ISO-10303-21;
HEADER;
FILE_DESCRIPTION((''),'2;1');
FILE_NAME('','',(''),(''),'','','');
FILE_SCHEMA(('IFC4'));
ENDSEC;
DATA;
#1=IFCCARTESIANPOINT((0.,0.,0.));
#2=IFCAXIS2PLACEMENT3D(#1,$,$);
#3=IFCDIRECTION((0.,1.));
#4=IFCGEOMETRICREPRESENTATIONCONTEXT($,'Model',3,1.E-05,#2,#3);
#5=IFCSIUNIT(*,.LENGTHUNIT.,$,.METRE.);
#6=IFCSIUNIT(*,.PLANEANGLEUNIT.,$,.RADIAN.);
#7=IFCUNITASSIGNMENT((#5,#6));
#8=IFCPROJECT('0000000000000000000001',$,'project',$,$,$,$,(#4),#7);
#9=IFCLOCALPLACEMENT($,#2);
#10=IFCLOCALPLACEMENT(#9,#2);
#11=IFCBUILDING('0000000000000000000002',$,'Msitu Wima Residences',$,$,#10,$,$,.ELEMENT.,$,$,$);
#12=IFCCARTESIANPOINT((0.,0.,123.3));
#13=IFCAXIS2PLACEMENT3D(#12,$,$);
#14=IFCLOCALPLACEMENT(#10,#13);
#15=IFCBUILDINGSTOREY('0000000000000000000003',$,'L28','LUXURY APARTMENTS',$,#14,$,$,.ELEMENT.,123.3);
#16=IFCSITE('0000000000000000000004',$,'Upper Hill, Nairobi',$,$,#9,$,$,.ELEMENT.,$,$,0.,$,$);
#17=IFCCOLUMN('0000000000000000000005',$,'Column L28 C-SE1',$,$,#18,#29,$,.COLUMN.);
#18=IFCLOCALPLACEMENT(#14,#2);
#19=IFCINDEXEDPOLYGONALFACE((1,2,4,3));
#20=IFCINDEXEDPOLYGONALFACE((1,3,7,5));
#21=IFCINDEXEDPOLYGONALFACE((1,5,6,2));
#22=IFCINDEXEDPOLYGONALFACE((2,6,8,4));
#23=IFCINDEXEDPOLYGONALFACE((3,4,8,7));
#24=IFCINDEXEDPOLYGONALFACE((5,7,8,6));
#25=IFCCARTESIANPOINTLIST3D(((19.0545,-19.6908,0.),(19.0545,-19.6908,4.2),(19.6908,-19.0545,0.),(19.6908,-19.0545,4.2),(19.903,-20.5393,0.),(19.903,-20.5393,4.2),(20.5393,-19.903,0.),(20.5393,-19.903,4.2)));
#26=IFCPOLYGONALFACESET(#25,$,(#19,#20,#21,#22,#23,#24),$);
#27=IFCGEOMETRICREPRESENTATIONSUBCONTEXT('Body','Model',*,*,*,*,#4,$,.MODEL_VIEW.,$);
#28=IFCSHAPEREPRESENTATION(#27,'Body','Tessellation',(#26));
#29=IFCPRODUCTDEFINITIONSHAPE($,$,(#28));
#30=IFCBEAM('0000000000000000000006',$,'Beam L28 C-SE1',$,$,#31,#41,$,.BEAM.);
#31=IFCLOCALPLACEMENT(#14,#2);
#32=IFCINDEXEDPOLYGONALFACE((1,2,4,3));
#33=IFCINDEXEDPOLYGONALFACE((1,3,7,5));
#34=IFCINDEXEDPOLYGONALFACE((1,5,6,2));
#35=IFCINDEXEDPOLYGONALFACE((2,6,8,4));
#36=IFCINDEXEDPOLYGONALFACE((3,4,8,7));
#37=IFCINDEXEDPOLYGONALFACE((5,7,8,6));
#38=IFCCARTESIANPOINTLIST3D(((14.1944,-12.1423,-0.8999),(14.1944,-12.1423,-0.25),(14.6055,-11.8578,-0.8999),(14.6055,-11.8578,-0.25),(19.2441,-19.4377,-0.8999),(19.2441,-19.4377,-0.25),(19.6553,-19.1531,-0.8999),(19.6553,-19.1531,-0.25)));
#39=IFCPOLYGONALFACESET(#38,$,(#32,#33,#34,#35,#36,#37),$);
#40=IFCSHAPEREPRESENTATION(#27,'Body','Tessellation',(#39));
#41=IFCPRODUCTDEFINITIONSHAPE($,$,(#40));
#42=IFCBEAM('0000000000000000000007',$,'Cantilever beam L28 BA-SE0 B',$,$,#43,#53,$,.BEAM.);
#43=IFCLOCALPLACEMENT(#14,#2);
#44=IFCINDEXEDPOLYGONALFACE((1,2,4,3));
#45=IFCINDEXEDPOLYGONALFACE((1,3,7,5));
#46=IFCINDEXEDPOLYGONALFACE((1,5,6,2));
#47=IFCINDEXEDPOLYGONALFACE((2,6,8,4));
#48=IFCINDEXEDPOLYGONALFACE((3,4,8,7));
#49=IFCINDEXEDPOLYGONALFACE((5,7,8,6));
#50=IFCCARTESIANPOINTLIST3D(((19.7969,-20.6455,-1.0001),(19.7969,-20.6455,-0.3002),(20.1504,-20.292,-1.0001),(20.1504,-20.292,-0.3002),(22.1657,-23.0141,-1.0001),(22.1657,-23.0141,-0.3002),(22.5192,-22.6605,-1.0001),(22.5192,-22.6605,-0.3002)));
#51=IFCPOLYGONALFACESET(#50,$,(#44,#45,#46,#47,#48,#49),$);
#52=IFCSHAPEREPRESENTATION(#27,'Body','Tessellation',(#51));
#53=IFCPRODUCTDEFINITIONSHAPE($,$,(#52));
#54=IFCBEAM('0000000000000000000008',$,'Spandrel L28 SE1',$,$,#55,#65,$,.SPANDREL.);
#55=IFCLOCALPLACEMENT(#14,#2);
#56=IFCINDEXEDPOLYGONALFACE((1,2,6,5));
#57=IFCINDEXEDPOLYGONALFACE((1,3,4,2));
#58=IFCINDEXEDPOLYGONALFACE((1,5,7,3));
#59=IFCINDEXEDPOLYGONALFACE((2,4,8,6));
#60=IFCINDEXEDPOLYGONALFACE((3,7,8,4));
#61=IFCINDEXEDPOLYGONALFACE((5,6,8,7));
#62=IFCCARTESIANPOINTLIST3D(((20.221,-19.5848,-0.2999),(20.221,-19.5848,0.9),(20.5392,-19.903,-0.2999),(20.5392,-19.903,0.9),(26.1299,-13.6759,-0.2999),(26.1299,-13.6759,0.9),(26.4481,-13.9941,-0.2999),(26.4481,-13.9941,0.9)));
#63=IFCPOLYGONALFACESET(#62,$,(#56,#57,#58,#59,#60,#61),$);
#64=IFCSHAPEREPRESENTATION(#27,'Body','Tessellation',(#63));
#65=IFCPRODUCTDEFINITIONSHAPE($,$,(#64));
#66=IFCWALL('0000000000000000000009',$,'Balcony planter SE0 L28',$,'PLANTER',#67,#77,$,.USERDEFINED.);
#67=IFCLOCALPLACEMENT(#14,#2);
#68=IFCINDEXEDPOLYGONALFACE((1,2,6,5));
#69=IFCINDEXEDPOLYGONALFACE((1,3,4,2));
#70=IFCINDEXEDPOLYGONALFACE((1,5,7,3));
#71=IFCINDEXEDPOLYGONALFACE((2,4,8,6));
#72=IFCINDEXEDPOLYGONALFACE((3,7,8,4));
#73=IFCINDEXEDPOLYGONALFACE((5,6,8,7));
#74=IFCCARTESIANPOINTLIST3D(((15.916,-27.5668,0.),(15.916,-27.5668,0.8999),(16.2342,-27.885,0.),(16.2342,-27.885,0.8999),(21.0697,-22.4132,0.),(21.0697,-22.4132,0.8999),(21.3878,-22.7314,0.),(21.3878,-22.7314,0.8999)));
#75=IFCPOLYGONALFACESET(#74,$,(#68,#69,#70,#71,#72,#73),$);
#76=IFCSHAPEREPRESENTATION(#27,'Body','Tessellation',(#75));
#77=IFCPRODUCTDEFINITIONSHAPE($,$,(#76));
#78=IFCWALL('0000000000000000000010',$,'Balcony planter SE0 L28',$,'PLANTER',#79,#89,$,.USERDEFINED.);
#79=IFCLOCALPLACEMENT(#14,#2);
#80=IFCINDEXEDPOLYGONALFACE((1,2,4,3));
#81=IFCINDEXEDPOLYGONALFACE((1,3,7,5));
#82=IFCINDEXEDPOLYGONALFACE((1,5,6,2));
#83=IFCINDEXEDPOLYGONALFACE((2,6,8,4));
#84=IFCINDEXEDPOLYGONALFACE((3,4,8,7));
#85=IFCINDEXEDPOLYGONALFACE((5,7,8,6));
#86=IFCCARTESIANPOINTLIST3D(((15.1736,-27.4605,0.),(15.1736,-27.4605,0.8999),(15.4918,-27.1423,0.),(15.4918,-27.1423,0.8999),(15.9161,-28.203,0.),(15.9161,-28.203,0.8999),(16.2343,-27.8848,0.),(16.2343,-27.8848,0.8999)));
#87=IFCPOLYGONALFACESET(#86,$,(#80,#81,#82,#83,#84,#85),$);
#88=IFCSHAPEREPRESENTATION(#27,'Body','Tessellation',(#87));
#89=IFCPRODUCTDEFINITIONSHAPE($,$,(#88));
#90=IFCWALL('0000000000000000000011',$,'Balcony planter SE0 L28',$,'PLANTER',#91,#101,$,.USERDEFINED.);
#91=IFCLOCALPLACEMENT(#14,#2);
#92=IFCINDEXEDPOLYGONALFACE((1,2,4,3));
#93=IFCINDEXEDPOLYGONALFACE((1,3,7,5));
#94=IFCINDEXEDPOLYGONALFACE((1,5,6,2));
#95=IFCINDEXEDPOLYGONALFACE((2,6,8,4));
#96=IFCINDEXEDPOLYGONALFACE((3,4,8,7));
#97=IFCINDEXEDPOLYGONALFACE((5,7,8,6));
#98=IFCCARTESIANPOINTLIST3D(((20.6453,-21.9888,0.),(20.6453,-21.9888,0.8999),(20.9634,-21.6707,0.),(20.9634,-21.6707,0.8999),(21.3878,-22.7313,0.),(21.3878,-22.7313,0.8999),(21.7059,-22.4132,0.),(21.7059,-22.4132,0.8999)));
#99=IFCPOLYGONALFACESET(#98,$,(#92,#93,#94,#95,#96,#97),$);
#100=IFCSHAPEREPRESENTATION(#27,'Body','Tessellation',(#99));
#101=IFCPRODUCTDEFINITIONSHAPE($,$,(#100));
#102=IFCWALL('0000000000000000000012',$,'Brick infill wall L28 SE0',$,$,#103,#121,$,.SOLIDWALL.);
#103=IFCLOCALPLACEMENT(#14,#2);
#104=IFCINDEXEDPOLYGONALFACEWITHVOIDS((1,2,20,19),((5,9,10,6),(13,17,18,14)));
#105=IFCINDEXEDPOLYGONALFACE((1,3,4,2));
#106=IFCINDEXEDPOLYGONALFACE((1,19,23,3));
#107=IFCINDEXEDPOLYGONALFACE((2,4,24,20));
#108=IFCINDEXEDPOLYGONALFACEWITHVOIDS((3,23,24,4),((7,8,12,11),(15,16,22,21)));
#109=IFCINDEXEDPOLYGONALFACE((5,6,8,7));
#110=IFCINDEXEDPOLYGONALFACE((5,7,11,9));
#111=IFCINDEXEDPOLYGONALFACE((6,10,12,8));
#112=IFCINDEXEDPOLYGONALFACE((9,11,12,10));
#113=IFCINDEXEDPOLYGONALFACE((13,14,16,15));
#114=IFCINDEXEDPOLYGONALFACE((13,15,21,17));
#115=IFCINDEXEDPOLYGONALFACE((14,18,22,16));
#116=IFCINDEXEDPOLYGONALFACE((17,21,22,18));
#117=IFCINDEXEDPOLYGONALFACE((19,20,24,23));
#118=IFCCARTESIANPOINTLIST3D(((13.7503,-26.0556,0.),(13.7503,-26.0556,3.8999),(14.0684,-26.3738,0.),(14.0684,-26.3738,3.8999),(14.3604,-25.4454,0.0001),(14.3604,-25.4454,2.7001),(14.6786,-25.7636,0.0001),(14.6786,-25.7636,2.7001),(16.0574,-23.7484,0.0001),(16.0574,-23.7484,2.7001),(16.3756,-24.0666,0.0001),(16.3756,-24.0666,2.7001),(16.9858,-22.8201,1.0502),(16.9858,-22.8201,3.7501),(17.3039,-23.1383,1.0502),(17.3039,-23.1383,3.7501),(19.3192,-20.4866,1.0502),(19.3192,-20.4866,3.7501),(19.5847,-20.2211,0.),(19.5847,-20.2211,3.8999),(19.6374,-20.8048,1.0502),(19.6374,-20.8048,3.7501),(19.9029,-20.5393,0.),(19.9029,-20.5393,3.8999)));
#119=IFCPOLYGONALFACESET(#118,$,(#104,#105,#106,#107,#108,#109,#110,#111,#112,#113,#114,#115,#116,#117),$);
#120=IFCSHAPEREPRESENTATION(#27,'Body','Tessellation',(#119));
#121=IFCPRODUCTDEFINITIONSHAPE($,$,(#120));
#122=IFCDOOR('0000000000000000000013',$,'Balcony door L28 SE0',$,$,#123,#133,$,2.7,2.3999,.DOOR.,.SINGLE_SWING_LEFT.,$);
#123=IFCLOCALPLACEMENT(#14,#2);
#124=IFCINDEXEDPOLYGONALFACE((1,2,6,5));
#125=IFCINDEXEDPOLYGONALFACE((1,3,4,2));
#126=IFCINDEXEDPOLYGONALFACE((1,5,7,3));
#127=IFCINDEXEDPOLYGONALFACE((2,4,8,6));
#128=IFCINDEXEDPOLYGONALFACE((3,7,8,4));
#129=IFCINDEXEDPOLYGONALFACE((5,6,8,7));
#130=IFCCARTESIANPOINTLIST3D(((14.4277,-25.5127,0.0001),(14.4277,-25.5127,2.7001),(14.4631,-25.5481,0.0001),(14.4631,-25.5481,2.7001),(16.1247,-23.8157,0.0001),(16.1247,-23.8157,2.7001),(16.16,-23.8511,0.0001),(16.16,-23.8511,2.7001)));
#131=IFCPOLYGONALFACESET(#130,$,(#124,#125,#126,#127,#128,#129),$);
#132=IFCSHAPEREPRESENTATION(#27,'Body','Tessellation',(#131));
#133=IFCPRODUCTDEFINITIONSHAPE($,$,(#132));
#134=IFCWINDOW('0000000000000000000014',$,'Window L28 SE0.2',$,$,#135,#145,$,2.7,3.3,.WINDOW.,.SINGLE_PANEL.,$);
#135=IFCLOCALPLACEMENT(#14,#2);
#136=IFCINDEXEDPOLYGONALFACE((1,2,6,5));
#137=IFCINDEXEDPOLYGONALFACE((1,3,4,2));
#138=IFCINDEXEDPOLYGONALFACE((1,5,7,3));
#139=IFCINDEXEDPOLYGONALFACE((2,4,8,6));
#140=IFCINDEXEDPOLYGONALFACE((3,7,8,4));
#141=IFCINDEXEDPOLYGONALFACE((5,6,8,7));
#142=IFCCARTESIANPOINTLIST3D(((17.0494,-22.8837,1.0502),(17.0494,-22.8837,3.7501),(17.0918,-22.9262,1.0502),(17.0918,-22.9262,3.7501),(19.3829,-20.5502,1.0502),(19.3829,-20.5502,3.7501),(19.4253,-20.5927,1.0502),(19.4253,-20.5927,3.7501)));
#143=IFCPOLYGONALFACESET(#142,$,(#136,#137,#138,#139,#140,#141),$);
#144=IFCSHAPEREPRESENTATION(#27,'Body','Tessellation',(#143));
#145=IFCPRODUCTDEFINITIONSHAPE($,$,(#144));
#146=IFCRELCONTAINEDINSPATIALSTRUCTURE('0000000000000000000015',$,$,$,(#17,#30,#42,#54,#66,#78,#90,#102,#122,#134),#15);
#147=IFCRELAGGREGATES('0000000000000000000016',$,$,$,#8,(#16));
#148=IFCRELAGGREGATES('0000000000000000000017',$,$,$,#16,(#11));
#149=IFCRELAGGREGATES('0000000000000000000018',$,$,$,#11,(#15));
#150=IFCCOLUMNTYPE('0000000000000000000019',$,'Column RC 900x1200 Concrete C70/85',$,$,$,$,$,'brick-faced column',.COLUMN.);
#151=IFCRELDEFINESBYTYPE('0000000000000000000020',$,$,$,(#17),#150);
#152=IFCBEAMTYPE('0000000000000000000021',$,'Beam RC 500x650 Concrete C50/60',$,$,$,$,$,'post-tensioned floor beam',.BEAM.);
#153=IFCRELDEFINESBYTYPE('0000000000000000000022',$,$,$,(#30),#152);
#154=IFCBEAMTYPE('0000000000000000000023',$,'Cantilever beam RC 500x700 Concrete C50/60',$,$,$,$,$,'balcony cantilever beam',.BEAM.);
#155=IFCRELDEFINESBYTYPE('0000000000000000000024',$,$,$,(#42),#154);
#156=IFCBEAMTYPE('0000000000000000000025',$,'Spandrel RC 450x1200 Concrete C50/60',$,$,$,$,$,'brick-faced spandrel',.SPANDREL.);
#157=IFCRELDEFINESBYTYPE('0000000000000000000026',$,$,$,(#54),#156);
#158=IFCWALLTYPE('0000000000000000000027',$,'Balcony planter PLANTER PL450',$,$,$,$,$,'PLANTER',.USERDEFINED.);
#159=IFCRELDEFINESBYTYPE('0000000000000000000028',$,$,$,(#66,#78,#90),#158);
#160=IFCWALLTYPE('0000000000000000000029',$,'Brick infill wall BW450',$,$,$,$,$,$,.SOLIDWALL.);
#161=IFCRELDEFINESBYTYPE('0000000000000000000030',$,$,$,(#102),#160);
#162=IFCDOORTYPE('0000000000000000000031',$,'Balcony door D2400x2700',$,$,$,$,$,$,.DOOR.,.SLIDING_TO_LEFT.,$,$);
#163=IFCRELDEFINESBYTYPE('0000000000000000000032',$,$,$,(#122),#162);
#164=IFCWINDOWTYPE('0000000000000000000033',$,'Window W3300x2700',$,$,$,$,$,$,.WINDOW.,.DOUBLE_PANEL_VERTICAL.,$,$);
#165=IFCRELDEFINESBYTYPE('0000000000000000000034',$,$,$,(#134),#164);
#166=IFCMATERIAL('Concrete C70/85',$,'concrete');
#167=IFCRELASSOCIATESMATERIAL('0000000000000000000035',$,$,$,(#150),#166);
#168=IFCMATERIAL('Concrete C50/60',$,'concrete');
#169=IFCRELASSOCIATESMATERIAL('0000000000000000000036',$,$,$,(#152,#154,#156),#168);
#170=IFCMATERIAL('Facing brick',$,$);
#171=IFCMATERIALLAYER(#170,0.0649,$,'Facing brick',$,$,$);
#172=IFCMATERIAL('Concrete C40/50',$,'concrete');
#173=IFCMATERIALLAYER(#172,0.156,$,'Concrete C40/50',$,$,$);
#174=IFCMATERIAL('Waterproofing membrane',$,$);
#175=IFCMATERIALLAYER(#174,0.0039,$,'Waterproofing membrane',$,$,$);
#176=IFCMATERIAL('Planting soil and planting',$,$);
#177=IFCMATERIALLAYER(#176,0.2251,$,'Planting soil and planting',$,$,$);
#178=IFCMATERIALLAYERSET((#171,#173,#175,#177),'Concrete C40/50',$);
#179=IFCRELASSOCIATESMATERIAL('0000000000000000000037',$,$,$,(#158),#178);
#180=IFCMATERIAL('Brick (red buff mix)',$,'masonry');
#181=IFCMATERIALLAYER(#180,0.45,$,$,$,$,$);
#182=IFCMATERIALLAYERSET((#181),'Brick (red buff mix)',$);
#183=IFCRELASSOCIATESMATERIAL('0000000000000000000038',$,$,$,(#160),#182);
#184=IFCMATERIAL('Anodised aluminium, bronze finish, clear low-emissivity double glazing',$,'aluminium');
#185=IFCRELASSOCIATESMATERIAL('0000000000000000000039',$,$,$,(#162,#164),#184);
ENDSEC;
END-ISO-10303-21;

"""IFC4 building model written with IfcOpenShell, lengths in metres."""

from ifc_helpers import new_model, si_unit, direction, frame, frame_2d, origin, origin_2d, place, context, subcontext, project, spatial, rectangle, extrude, material, layer, layer_set, material_profile, profile_set, type_object, element, fill, save


model = new_model("IFC4")

# Units and contexts
model_context = context("Model", 3, precision=1e-05, world=origin(), true_north=direction((0.0, 1.0)))
body_context = subcontext(model_context, "Body", "Model", "MODEL_VIEW")
ifc_project = project(units=[si_unit("LENGTHUNIT", "METRE"), si_unit("PLANEANGLEUNIT", "RADIAN")], contexts=[model_context])

# Site, building, storey
site_placement = place(None, origin())
site = spatial("IfcSite", under=ifc_project, at=site_placement, Name="Upper Hill, Nairobi", CompositionType="ELEMENT", RefElevation=0.0)
building_placement = place(site_placement, origin())
building = spatial("IfcBuilding", under=site, at=building_placement, Name="Msitu Wima Residences", CompositionType="ELEMENT")
storey_placement = place(building_placement, frame((0.0, 0.0, 123.3)))
storey = spatial("IfcBuildingStorey", under=building, at=storey_placement, Name="L28", Description="LUXURY APARTMENTS", CompositionType="ELEMENT", Elevation=123.3)

# Column
ifc_material_1 = material(Name="Concrete C70/85", Category="concrete")
ifc_material_profile_1 = material_profile(ifc_material_1, rectangle(XDim=0.8999, YDim=1.2, at=origin_2d()), Name="RC 900x1200")
ifc_profile_set_1 = profile_set([ifc_material_profile_1], Name="Concrete C70/85")
column_type = type_object("IfcColumnType", Name="Column RC 900x1200 Concrete C70/85", ElementType="brick-faced column", PredefinedType="COLUMN", material=ifc_profile_set_1)
column_placement = place(storey_placement, frame((19.7969, -19.7969, 0.0), z_axis=(0.0, 0.0, 1.0), x_axis=(0.707107, 0.707107, 0.0)))
element("IfcColumn", 1, at=column_placement, inside=storey, type_object=column_type, Name="Column L28 C-SE1", PredefinedType="COLUMN", context=body_context, shape_type="SweptSolid", body=[
    extrude(rectangle(XDim=0.8999, YDim=1.2, at=origin_2d()), origin(), (0.0, 0.0, 1.0), 4.2),
])

# Beams
ifc_material_2 = material(Name="Concrete C50/60", Category="concrete")
ifc_material_profile_2 = material_profile(ifc_material_2, rectangle(XDim=0.5, YDim=0.6499, at=origin_2d()), Name="RC 500x650")
ifc_profile_set_2 = profile_set([ifc_material_profile_2], Name="Concrete C50/60")
beam_type_1 = type_object("IfcBeamType", Name="Beam RC 500x650 Concrete C50/60", ElementType="post-tensioned floor beam", PredefinedType="BEAM", material=ifc_profile_set_2)
beam_1_placement = place(storey_placement, frame((19.4497, -19.2954, -0.575), z_axis=(-0.569144, 0.822238, 0.0), x_axis=(-0.822238, -0.569144, 0.0)))
element("IfcBeam", 2, at=beam_1_placement, inside=storey, type_object=beam_type_1, Name="Beam L28 C-SE1", PredefinedType="BEAM", context=body_context, shape_type="SweptSolid", body=[
    extrude(rectangle(XDim=0.5, YDim=0.6499, at=origin_2d()), origin(), (0.0, 0.0, 1.0), 8.8726),
])
ifc_material_profile_3 = material_profile(ifc_material_2, rectangle(XDim=0.5, YDim=0.7, at=origin_2d()), Name="RC 500x700")
ifc_profile_set_3 = profile_set([ifc_material_profile_3], Name="Concrete C50/60")
beam_type_2 = type_object("IfcBeamType", Name="Cantilever beam RC 500x700 Concrete C50/60", ElementType="balcony cantilever beam", PredefinedType="BEAM", material=ifc_profile_set_3)
beam_2_placement = place(storey_placement, frame((19.9736, -20.4688, -0.6501), z_axis=(0.707143, -0.70707, 0.0), x_axis=(0.70707, 0.707143, 0.0)))
element("IfcBeam", 3, at=beam_2_placement, inside=storey, type_object=beam_type_2, Name="Cantilever beam L28 BA-SE0 B", PredefinedType="BEAM", context=body_context, shape_type="SweptSolid", body=[
    extrude(rectangle(XDim=0.5, YDim=0.7, at=origin_2d()), origin(), (0.0, 0.0, 1.0), 3.3499),
])
ifc_material_profile_4 = material_profile(ifc_material_2, rectangle(XDim=0.45, YDim=1.2, at=origin_2d()), Name="RC 450x1200")
ifc_profile_set_4 = profile_set([ifc_material_profile_4], Name="Concrete C50/60")
beam_type_3 = type_object("IfcBeamType", Name="Spandrel RC 450x1200 Concrete C50/60", ElementType="brick-faced spandrel", PredefinedType="SPANDREL", material=ifc_profile_set_4)
beam_3_placement = place(storey_placement, frame((20.3801, -19.7439, 0.3), z_axis=(0.707107, 0.707107, 0.0), x_axis=(-0.707107, 0.707107, 0.0)))
element("IfcBeam", 4, at=beam_3_placement, inside=storey, type_object=beam_type_3, Name="Spandrel L28 SE1", PredefinedType="SPANDREL", context=body_context, shape_type="SweptSolid", body=[
    extrude(rectangle(XDim=0.45, YDim=1.2, at=origin_2d()), origin(), (0.0, 0.0, 1.0), 8.3564),
])

# Walls
ifc_material_3 = material(Name="Facing brick")
ifc_layer_1 = layer(ifc_material_3, 0.0649, Name="Facing brick")
ifc_material_4 = material(Name="Concrete C40/50", Category="concrete")
ifc_layer_2 = layer(ifc_material_4, 0.156, Name="Concrete C40/50")
ifc_material_5 = material(Name="Waterproofing membrane")
ifc_layer_3 = layer(ifc_material_5, 0.0039, Name="Waterproofing membrane")
ifc_material_6 = material(Name="Planting soil and planting")
ifc_layer_4 = layer(ifc_material_6, 0.2251, Name="Planting soil and planting")
ifc_layer_set_1 = layer_set([ifc_layer_1, ifc_layer_2, ifc_layer_3, ifc_layer_4], Name="Concrete C40/50")
wall_type_1 = type_object("IfcWallType", Name="Balcony planter PLANTER PL450", ElementType="PLANTER", PredefinedType="USERDEFINED", material=ifc_layer_set_1)
wall_1_placement = place(storey_placement, frame((16.0752, -27.7258, 0.0), z_axis=(0.0, 0.0, 1.0), x_axis=(0.707107, 0.707107, 0.0)))
element("IfcWall", 5, at=wall_1_placement, inside=storey, type_object=wall_type_1, Name="Balcony planter SE0 L28", ObjectType="PLANTER", PredefinedType="USERDEFINED", context=body_context, shape_type="SweptSolid", body=[
    extrude(rectangle(XDim=7.2883, YDim=0.45, at=frame_2d((3.644, 0.0))), origin(), (0.0, 0.0, 1.0), 0.8999),
])
for number, where, z_axis, x_axis, name in (
    (6, (15.3328, -27.3015, 0.0), (0.0, 0.0, 1.0), (0.707107, -0.707107, 0.0), "Balcony planter SE0 L28"),
    (7, (20.8044, -21.8298, 0.0), (0.0, 0.0, 1.0), (0.707107, -0.707107, 0.0), "Balcony planter SE0 L28"),
):
    element("IfcWall", number, at=place(storey_placement, frame(where, z_axis=z_axis, x_axis=x_axis)), inside=storey, type_object=wall_type_1, Name=name, ObjectType="PLANTER", PredefinedType="USERDEFINED", context=body_context, shape_type="SweptSolid", body=[
        extrude(rectangle(XDim=1.05, YDim=0.45, at=frame_2d((0.5249, 0.0))), origin(), (0.0, 0.0, 1.0), 0.8999),
    ])

# Wall, openings, door, window
ifc_material_7 = material(Name="Brick (red buff mix)", Category="masonry")
ifc_layer_5 = layer(ifc_material_7, 0.45)
ifc_layer_set_2 = layer_set([ifc_layer_5], Name="Brick (red buff mix)")
wall_type_2 = type_object("IfcWallType", Name="Brick infill wall BW450", PredefinedType="SOLIDWALL", material=ifc_layer_set_2)
wall_2_placement = place(storey_placement, frame((13.9094, -26.2146, 0.0), z_axis=(0.0, 0.0, 1.0), x_axis=(0.707107, 0.707107, 0.0)))
wall_2 = element("IfcWall", 8, at=wall_2_placement, inside=storey, type_object=wall_type_2, Name="Brick infill wall L28 SE0", PredefinedType="SOLIDWALL", context=body_context, shape_type="SweptSolid", body=[
    extrude(rectangle(XDim=8.2512, YDim=0.45, at=frame_2d((4.1255, 0.0))), origin(), (0.0, 0.0, 1.0), 3.8999),
])
opening_1_placement = place(wall_2_placement, frame((0.8628, 0.0, 0.0)))
opening_1 = element("IfcOpeningElement", 9, at=opening_1_placement, cuts=wall_2, PredefinedType="OPENING", context=body_context, shape_type="SweptSolid", body=[
    extrude(rectangle(XDim=2.3999, YDim=2.7, at=frame_2d((1.2, 1.3501))), frame((0.0, 0.2349, 0.0), z_axis=(0.0, -1.0, 0.0), x_axis=(1.0, 0.0, 0.0)), (0.0, 0.0, 1.0), 0.47),
])
opening_2_placement = place(wall_2_placement, frame((4.5757, 0.0, 1.05)))
opening_2 = element("IfcOpeningElement", 10, at=opening_2_placement, cuts=wall_2, PredefinedType="OPENING", context=body_context, shape_type="SweptSolid", body=[
    extrude(rectangle(XDim=3.3, YDim=2.7, at=frame_2d((1.6499, 1.3501))), frame((0.0, 0.2349, 0.0), z_axis=(0.0, -1.0, 0.0), x_axis=(1.0, 0.0, 0.0)), (0.0, 0.0, 1.0), 0.47),
])
ifc_material_8 = material(Name="Anodised aluminium, bronze finish, clear low-emissivity double glazing", Category="aluminium")
door_type = type_object("IfcDoorType", Name="Balcony door D2400x2700", OperationType="SLIDING_TO_LEFT", PredefinedType="DOOR", material=ifc_material_8)
door_placement = place(opening_1_placement, origin())
door = element("IfcDoor", 11, at=door_placement, inside=storey, type_object=door_type, Name="Balcony door L28 SE0", OperationType="SINGLE_SWING_LEFT", OverallHeight=2.7, OverallWidth=2.3999, PredefinedType="DOOR", context=body_context, shape_type="SweptSolid", body=[
    extrude(rectangle(XDim=2.3999, YDim=2.7, at=frame_2d((1.2, 1.3501))), frame((0.0, 0.1299, 0.0), z_axis=(0.0, -1.0, 0.0), x_axis=(1.0, 0.0, 0.0)), (0.0, 0.0, 1.0), 0.05),
])
fill(opening_1, door)
window_type = type_object("IfcWindowType", Name="Window W3300x2700", PartitioningType="DOUBLE_PANEL_VERTICAL", PredefinedType="WINDOW", material=ifc_material_8)
window_1_placement = place(opening_2_placement, origin())
window_1 = element("IfcWindow", 12, at=window_1_placement, inside=storey, type_object=window_type, Name="Window L28 SE0.2", OverallHeight=2.7, OverallWidth=3.3, PartitioningType="SINGLE_PANEL", PredefinedType="WINDOW", context=body_context, shape_type="SweptSolid", body=[
    extrude(rectangle(XDim=3.3, YDim=2.7, at=frame_2d((1.6499, 1.3501))), frame((0.0, 0.135, 0.0), z_axis=(0.0, -1.0, 0.0), x_axis=(1.0, 0.0, 0.0)), (0.0, 0.0, 1.0), 0.0601),
])
fill(opening_2, window_1)

save(model, "model.ifc")
